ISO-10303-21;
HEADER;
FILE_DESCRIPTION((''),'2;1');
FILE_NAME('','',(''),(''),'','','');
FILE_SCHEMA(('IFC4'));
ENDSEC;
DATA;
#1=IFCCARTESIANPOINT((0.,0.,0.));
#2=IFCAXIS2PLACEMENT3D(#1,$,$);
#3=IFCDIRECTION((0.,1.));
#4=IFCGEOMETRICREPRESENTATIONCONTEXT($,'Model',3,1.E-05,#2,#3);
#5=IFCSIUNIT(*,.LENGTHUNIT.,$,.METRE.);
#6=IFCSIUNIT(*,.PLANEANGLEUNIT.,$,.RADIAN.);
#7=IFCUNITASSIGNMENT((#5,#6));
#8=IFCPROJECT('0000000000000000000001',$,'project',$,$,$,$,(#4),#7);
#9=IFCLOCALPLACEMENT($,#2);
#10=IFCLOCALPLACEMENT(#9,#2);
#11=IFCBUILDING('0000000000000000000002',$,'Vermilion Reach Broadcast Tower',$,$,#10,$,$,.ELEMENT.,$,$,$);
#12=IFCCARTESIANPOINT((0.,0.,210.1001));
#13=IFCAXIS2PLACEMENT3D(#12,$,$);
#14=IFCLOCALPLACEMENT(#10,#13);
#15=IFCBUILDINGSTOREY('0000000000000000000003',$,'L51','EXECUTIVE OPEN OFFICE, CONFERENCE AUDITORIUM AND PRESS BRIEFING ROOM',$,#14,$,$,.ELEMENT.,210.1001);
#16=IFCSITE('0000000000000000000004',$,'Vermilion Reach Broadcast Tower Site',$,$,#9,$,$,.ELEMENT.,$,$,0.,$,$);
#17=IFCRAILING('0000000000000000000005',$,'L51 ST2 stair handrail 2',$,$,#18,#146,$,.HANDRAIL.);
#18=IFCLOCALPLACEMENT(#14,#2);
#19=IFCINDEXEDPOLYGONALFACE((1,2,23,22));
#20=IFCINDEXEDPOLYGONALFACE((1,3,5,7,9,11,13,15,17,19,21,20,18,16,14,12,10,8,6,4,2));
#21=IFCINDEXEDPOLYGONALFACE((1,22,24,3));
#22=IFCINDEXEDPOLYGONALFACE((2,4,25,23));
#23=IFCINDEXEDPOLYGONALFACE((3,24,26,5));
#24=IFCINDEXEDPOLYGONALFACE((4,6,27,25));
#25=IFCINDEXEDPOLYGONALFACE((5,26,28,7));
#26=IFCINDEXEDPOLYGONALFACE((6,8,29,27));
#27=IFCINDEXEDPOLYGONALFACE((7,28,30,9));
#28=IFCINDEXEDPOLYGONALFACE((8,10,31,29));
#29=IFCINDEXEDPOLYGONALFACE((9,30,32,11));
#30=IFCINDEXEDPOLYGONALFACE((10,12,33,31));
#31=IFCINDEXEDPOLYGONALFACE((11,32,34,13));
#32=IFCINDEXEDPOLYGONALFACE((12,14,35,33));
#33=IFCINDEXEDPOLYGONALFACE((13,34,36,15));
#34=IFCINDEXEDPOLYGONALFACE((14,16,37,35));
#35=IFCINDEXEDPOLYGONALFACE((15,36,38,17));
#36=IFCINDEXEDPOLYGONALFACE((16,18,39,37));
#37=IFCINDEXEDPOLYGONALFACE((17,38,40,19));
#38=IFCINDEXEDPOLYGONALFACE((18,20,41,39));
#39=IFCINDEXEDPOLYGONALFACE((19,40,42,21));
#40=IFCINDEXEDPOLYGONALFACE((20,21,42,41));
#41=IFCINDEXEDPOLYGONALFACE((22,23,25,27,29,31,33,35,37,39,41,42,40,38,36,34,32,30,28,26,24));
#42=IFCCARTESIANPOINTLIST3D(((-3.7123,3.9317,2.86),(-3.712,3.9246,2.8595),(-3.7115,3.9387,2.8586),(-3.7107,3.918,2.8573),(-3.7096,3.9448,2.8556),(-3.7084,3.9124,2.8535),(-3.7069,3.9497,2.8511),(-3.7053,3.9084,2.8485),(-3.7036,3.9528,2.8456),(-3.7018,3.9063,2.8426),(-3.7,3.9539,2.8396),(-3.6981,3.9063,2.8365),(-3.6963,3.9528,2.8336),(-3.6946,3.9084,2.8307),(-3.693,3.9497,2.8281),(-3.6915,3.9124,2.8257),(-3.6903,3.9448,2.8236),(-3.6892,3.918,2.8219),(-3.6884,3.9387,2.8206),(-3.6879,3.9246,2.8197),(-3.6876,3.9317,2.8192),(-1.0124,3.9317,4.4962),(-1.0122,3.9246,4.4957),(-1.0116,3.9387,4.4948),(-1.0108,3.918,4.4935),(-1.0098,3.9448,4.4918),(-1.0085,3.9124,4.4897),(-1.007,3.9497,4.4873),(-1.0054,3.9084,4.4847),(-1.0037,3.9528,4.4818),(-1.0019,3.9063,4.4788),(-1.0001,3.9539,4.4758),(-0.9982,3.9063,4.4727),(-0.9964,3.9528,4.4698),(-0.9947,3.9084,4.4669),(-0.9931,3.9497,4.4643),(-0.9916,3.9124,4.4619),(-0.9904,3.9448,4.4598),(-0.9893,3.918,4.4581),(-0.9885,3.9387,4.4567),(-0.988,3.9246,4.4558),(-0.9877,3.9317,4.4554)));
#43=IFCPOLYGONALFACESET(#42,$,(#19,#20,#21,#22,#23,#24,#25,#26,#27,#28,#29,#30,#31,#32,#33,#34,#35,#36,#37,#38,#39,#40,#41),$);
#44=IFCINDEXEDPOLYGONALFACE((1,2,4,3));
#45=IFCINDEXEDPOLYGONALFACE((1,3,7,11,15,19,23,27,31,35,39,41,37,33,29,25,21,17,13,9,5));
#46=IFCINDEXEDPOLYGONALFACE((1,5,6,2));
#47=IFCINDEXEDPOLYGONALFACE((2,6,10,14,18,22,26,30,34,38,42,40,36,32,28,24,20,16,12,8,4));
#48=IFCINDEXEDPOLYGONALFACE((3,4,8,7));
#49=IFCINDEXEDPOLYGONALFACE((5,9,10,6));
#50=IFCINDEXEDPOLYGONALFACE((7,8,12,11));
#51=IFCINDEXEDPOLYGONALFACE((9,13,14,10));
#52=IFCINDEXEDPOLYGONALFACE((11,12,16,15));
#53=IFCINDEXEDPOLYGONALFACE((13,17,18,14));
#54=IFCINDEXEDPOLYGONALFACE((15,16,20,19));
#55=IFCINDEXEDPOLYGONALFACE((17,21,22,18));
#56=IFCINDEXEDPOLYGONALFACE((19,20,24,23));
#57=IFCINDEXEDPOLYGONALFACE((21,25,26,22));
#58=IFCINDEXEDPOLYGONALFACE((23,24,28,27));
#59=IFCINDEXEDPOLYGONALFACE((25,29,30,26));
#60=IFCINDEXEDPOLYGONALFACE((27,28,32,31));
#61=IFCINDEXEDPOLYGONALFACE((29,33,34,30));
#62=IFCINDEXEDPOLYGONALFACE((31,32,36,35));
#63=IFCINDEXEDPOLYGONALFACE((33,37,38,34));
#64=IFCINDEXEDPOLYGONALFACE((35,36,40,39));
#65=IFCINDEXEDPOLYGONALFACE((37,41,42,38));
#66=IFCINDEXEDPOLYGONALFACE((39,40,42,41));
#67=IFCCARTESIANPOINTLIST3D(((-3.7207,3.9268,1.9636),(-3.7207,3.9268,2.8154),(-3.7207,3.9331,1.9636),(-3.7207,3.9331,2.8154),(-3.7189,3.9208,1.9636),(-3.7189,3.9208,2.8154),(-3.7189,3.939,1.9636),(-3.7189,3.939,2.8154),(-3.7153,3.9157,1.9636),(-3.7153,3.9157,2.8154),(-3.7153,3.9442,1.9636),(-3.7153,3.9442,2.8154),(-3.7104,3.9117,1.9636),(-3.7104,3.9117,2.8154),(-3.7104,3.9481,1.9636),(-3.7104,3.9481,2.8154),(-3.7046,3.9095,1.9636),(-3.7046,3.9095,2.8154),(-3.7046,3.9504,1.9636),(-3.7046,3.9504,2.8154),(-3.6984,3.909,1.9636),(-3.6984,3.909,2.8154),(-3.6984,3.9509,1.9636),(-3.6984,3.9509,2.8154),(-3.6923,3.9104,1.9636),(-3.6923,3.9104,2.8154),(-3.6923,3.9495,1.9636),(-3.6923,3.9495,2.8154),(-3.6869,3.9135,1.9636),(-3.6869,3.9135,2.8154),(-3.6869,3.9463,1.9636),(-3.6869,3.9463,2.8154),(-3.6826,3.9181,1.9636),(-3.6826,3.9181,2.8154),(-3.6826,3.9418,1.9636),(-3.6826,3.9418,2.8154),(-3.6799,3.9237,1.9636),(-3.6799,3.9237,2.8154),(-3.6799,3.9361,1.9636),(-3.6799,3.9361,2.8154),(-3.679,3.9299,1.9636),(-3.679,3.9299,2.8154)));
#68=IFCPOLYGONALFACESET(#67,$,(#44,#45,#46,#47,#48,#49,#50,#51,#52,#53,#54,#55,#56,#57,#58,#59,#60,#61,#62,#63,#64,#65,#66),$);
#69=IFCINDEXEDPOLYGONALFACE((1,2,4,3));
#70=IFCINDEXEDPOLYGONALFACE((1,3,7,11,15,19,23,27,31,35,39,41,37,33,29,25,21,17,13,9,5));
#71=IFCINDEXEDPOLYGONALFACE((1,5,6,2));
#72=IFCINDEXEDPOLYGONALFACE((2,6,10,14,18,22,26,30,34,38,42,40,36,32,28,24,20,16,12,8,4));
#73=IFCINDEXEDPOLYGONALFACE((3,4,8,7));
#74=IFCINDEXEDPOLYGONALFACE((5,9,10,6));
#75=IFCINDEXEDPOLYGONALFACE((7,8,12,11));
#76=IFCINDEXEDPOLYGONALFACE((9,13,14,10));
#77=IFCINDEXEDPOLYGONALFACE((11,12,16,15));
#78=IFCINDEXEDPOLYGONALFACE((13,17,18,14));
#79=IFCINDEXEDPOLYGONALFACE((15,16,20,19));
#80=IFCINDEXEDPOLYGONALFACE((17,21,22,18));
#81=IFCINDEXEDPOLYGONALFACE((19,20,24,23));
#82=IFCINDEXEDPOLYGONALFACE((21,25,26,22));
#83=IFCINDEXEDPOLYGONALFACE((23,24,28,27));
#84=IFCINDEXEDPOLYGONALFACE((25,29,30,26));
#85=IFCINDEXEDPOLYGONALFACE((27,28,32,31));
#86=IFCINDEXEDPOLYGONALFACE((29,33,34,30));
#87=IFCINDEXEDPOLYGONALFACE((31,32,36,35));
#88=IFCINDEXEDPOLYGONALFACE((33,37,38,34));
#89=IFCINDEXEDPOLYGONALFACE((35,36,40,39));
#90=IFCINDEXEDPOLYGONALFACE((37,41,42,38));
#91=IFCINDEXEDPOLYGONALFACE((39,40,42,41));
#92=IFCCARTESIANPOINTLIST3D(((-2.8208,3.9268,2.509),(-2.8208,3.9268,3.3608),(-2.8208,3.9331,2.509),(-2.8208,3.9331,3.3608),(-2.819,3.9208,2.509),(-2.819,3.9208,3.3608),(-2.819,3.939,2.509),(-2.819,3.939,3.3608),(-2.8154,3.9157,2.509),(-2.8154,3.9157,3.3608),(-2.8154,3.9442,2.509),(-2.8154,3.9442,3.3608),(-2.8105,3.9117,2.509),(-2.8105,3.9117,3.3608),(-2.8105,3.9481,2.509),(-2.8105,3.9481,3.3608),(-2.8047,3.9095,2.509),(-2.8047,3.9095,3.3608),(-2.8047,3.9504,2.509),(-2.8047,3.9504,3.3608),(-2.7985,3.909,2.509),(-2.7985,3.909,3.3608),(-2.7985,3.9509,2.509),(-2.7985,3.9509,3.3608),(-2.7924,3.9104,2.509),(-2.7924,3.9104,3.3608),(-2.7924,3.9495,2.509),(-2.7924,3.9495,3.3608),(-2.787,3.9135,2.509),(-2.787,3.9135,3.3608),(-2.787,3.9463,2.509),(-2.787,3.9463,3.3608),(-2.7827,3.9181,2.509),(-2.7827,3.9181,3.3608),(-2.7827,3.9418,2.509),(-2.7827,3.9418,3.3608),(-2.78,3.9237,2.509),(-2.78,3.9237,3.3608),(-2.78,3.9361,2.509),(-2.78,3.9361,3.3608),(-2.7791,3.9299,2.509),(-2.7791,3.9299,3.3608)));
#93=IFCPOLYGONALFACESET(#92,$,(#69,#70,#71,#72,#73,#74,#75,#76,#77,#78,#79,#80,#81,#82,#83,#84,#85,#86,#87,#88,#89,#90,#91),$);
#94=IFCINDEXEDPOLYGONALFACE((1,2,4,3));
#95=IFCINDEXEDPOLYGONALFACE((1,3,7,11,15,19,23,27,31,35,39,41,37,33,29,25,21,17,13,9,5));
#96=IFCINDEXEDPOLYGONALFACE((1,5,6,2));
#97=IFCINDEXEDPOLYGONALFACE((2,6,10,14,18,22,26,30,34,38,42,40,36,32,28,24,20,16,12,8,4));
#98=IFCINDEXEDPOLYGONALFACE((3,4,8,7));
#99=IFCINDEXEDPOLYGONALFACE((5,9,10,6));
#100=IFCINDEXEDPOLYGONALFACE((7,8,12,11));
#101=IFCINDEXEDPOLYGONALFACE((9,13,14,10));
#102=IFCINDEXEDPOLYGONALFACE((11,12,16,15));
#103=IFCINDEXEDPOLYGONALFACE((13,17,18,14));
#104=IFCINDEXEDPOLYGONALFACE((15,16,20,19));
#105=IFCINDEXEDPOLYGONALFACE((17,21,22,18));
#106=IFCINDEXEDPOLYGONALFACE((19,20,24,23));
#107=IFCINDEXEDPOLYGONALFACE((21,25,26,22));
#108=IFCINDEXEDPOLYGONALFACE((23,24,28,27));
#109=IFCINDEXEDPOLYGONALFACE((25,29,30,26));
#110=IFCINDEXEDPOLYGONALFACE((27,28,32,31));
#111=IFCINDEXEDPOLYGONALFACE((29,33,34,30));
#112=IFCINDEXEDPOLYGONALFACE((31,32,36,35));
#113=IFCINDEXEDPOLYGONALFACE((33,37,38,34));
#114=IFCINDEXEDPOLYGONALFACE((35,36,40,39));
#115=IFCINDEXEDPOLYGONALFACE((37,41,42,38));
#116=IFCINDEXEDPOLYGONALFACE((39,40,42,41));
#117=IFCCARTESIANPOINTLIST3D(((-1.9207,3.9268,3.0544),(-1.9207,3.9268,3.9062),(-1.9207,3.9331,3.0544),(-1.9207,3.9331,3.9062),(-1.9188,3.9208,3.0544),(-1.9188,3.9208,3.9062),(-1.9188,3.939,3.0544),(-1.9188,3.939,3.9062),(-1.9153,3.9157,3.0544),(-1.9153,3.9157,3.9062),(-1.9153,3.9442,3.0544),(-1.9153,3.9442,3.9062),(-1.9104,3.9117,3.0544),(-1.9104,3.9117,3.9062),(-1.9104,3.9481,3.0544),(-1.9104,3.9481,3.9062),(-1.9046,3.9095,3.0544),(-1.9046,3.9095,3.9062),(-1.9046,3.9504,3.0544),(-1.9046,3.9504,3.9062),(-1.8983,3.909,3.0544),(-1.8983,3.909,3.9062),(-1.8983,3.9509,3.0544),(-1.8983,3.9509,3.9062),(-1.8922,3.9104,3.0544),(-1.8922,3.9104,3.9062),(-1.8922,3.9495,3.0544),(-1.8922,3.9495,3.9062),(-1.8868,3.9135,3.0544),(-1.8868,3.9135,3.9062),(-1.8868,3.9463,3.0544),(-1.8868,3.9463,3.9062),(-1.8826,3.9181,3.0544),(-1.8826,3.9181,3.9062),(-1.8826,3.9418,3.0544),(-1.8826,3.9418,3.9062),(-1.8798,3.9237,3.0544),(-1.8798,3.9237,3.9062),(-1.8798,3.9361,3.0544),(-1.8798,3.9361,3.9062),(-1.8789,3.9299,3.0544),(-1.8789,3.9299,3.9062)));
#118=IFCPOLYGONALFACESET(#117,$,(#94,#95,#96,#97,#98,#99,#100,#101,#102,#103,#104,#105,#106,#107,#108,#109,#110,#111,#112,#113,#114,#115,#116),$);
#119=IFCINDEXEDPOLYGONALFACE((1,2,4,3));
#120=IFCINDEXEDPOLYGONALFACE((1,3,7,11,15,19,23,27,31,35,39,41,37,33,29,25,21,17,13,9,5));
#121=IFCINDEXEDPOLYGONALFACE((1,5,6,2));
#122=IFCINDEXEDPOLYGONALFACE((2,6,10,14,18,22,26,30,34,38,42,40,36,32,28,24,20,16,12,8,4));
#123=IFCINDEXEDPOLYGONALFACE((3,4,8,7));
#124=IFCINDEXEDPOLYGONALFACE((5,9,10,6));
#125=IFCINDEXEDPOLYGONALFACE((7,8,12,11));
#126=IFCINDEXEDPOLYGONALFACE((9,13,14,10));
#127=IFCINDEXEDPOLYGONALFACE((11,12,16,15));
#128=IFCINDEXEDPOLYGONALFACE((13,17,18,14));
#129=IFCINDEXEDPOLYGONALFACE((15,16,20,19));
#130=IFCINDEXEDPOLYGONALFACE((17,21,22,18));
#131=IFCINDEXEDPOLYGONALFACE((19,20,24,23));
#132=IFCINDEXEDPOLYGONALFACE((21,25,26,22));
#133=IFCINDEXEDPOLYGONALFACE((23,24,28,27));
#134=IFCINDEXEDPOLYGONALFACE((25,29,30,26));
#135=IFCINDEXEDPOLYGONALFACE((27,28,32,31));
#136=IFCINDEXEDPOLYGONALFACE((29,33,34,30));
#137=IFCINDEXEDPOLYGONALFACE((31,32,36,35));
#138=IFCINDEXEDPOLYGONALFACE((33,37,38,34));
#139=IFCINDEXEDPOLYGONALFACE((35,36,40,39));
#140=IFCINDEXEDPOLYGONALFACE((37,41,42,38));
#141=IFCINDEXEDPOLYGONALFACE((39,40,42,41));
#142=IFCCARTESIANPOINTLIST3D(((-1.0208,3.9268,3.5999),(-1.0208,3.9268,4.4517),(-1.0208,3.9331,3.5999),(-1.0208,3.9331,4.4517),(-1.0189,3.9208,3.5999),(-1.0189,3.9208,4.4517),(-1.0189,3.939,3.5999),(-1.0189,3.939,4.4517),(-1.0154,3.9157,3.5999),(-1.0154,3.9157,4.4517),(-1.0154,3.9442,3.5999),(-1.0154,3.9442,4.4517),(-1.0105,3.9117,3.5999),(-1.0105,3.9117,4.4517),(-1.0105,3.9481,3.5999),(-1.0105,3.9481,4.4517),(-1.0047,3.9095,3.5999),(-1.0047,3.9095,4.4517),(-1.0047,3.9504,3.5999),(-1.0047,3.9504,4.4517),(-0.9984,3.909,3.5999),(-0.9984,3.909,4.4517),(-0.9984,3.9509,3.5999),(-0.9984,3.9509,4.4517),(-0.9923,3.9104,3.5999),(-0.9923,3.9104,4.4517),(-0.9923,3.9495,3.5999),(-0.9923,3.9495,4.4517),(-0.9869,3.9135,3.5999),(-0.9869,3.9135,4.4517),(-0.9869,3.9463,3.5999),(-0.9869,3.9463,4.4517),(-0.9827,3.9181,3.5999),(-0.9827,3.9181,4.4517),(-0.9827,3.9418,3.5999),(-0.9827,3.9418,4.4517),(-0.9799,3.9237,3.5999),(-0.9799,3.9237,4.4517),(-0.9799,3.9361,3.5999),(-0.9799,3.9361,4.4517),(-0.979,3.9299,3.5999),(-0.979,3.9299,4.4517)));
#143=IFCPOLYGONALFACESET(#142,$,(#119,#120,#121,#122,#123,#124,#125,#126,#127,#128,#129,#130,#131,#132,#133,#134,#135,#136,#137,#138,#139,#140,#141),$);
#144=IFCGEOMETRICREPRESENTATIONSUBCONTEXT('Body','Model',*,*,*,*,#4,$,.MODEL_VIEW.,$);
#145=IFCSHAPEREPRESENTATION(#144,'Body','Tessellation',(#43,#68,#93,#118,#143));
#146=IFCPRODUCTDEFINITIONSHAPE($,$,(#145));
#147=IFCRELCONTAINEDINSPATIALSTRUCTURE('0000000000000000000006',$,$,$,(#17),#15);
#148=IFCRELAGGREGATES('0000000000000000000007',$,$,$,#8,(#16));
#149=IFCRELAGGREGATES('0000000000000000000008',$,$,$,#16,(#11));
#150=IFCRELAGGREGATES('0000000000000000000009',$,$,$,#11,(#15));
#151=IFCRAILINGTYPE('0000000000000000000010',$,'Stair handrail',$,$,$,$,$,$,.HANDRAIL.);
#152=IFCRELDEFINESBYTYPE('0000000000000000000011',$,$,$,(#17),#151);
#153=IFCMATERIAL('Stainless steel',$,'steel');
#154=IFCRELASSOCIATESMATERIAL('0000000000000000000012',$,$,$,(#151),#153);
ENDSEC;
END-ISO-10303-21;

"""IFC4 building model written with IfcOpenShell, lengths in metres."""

from ifc_helpers import new_model, si_unit, direction, frame, origin, origin_2d, place, context, subcontext, project, spatial, circle, extrude, material, type_object, element, save


model = new_model("IFC4")

# Units and contexts
model_context = context("Model", 3, precision=1e-05, world=origin(), true_north=direction((0.0, 1.0)))
body_context = subcontext(model_context, "Body", "Model", "MODEL_VIEW")
ifc_project = project(units=[si_unit("LENGTHUNIT", "METRE"), si_unit("PLANEANGLEUNIT", "RADIAN")], contexts=[model_context])

# Site, building, storey
site_placement = place(None, origin())
site = spatial("IfcSite", under=ifc_project, at=site_placement, Name="Vermilion Reach Broadcast Tower Site", CompositionType="ELEMENT", RefElevation=0.0)
building_placement = place(site_placement, origin())
building = spatial("IfcBuilding", under=site, at=building_placement, Name="Vermilion Reach Broadcast Tower", CompositionType="ELEMENT")
storey_placement = place(building_placement, frame((0.0, 0.0, 210.1001)))
storey = spatial("IfcBuildingStorey", under=building, at=storey_placement, Name="L51", Description="EXECUTIVE OPEN OFFICE, CONFERENCE AUDITORIUM AND PRESS BRIEFING ROOM", CompositionType="ELEMENT", Elevation=210.1001)

# Railing
ifc_material_1 = material(Name="Stainless steel", Category="steel")
railing_type_1 = type_object("IfcRailingType", Name="Stair handrail", PredefinedType="HANDRAIL", material=ifc_material_1)
railing_1_placement = place(storey_placement, frame((-3.7, 3.9299, 1.9636)))
element("IfcRailing", 1, at=railing_1_placement, inside=storey, type_object=railing_type_1, Name="L51 ST2 stair handrail 2", PredefinedType="HANDRAIL", context=body_context, shape_type="SweptSolid", body=[
    extrude(circle(Radius=0.0239, at=origin_2d()), frame((0.0, 0.0, 0.876), z_axis=(0.855212, 0.0, 0.518278), x_axis=(0.0, 1.0, 0.0)), (0.0, 0.0, 1.0), 3.157),
    extrude(circle(Radius=0.021, at=origin_2d()), origin(), (0.0, 0.0, 1.0), 0.8518),
    extrude(circle(Radius=0.021, at=origin_2d()), frame((0.8999, 0.0, 0.5454)), (0.0, 0.0, 1.0), 0.8518),
    extrude(circle(Radius=0.021, at=origin_2d()), frame((1.8, 0.0, 1.0908)), (0.0, 0.0, 1.0), 0.8518),
    extrude(circle(Radius=0.021, at=origin_2d()), frame((2.7, 0.0, 1.6362)), (0.0, 0.0, 1.0), 0.8518),
])

save(model, "model.ifc")
